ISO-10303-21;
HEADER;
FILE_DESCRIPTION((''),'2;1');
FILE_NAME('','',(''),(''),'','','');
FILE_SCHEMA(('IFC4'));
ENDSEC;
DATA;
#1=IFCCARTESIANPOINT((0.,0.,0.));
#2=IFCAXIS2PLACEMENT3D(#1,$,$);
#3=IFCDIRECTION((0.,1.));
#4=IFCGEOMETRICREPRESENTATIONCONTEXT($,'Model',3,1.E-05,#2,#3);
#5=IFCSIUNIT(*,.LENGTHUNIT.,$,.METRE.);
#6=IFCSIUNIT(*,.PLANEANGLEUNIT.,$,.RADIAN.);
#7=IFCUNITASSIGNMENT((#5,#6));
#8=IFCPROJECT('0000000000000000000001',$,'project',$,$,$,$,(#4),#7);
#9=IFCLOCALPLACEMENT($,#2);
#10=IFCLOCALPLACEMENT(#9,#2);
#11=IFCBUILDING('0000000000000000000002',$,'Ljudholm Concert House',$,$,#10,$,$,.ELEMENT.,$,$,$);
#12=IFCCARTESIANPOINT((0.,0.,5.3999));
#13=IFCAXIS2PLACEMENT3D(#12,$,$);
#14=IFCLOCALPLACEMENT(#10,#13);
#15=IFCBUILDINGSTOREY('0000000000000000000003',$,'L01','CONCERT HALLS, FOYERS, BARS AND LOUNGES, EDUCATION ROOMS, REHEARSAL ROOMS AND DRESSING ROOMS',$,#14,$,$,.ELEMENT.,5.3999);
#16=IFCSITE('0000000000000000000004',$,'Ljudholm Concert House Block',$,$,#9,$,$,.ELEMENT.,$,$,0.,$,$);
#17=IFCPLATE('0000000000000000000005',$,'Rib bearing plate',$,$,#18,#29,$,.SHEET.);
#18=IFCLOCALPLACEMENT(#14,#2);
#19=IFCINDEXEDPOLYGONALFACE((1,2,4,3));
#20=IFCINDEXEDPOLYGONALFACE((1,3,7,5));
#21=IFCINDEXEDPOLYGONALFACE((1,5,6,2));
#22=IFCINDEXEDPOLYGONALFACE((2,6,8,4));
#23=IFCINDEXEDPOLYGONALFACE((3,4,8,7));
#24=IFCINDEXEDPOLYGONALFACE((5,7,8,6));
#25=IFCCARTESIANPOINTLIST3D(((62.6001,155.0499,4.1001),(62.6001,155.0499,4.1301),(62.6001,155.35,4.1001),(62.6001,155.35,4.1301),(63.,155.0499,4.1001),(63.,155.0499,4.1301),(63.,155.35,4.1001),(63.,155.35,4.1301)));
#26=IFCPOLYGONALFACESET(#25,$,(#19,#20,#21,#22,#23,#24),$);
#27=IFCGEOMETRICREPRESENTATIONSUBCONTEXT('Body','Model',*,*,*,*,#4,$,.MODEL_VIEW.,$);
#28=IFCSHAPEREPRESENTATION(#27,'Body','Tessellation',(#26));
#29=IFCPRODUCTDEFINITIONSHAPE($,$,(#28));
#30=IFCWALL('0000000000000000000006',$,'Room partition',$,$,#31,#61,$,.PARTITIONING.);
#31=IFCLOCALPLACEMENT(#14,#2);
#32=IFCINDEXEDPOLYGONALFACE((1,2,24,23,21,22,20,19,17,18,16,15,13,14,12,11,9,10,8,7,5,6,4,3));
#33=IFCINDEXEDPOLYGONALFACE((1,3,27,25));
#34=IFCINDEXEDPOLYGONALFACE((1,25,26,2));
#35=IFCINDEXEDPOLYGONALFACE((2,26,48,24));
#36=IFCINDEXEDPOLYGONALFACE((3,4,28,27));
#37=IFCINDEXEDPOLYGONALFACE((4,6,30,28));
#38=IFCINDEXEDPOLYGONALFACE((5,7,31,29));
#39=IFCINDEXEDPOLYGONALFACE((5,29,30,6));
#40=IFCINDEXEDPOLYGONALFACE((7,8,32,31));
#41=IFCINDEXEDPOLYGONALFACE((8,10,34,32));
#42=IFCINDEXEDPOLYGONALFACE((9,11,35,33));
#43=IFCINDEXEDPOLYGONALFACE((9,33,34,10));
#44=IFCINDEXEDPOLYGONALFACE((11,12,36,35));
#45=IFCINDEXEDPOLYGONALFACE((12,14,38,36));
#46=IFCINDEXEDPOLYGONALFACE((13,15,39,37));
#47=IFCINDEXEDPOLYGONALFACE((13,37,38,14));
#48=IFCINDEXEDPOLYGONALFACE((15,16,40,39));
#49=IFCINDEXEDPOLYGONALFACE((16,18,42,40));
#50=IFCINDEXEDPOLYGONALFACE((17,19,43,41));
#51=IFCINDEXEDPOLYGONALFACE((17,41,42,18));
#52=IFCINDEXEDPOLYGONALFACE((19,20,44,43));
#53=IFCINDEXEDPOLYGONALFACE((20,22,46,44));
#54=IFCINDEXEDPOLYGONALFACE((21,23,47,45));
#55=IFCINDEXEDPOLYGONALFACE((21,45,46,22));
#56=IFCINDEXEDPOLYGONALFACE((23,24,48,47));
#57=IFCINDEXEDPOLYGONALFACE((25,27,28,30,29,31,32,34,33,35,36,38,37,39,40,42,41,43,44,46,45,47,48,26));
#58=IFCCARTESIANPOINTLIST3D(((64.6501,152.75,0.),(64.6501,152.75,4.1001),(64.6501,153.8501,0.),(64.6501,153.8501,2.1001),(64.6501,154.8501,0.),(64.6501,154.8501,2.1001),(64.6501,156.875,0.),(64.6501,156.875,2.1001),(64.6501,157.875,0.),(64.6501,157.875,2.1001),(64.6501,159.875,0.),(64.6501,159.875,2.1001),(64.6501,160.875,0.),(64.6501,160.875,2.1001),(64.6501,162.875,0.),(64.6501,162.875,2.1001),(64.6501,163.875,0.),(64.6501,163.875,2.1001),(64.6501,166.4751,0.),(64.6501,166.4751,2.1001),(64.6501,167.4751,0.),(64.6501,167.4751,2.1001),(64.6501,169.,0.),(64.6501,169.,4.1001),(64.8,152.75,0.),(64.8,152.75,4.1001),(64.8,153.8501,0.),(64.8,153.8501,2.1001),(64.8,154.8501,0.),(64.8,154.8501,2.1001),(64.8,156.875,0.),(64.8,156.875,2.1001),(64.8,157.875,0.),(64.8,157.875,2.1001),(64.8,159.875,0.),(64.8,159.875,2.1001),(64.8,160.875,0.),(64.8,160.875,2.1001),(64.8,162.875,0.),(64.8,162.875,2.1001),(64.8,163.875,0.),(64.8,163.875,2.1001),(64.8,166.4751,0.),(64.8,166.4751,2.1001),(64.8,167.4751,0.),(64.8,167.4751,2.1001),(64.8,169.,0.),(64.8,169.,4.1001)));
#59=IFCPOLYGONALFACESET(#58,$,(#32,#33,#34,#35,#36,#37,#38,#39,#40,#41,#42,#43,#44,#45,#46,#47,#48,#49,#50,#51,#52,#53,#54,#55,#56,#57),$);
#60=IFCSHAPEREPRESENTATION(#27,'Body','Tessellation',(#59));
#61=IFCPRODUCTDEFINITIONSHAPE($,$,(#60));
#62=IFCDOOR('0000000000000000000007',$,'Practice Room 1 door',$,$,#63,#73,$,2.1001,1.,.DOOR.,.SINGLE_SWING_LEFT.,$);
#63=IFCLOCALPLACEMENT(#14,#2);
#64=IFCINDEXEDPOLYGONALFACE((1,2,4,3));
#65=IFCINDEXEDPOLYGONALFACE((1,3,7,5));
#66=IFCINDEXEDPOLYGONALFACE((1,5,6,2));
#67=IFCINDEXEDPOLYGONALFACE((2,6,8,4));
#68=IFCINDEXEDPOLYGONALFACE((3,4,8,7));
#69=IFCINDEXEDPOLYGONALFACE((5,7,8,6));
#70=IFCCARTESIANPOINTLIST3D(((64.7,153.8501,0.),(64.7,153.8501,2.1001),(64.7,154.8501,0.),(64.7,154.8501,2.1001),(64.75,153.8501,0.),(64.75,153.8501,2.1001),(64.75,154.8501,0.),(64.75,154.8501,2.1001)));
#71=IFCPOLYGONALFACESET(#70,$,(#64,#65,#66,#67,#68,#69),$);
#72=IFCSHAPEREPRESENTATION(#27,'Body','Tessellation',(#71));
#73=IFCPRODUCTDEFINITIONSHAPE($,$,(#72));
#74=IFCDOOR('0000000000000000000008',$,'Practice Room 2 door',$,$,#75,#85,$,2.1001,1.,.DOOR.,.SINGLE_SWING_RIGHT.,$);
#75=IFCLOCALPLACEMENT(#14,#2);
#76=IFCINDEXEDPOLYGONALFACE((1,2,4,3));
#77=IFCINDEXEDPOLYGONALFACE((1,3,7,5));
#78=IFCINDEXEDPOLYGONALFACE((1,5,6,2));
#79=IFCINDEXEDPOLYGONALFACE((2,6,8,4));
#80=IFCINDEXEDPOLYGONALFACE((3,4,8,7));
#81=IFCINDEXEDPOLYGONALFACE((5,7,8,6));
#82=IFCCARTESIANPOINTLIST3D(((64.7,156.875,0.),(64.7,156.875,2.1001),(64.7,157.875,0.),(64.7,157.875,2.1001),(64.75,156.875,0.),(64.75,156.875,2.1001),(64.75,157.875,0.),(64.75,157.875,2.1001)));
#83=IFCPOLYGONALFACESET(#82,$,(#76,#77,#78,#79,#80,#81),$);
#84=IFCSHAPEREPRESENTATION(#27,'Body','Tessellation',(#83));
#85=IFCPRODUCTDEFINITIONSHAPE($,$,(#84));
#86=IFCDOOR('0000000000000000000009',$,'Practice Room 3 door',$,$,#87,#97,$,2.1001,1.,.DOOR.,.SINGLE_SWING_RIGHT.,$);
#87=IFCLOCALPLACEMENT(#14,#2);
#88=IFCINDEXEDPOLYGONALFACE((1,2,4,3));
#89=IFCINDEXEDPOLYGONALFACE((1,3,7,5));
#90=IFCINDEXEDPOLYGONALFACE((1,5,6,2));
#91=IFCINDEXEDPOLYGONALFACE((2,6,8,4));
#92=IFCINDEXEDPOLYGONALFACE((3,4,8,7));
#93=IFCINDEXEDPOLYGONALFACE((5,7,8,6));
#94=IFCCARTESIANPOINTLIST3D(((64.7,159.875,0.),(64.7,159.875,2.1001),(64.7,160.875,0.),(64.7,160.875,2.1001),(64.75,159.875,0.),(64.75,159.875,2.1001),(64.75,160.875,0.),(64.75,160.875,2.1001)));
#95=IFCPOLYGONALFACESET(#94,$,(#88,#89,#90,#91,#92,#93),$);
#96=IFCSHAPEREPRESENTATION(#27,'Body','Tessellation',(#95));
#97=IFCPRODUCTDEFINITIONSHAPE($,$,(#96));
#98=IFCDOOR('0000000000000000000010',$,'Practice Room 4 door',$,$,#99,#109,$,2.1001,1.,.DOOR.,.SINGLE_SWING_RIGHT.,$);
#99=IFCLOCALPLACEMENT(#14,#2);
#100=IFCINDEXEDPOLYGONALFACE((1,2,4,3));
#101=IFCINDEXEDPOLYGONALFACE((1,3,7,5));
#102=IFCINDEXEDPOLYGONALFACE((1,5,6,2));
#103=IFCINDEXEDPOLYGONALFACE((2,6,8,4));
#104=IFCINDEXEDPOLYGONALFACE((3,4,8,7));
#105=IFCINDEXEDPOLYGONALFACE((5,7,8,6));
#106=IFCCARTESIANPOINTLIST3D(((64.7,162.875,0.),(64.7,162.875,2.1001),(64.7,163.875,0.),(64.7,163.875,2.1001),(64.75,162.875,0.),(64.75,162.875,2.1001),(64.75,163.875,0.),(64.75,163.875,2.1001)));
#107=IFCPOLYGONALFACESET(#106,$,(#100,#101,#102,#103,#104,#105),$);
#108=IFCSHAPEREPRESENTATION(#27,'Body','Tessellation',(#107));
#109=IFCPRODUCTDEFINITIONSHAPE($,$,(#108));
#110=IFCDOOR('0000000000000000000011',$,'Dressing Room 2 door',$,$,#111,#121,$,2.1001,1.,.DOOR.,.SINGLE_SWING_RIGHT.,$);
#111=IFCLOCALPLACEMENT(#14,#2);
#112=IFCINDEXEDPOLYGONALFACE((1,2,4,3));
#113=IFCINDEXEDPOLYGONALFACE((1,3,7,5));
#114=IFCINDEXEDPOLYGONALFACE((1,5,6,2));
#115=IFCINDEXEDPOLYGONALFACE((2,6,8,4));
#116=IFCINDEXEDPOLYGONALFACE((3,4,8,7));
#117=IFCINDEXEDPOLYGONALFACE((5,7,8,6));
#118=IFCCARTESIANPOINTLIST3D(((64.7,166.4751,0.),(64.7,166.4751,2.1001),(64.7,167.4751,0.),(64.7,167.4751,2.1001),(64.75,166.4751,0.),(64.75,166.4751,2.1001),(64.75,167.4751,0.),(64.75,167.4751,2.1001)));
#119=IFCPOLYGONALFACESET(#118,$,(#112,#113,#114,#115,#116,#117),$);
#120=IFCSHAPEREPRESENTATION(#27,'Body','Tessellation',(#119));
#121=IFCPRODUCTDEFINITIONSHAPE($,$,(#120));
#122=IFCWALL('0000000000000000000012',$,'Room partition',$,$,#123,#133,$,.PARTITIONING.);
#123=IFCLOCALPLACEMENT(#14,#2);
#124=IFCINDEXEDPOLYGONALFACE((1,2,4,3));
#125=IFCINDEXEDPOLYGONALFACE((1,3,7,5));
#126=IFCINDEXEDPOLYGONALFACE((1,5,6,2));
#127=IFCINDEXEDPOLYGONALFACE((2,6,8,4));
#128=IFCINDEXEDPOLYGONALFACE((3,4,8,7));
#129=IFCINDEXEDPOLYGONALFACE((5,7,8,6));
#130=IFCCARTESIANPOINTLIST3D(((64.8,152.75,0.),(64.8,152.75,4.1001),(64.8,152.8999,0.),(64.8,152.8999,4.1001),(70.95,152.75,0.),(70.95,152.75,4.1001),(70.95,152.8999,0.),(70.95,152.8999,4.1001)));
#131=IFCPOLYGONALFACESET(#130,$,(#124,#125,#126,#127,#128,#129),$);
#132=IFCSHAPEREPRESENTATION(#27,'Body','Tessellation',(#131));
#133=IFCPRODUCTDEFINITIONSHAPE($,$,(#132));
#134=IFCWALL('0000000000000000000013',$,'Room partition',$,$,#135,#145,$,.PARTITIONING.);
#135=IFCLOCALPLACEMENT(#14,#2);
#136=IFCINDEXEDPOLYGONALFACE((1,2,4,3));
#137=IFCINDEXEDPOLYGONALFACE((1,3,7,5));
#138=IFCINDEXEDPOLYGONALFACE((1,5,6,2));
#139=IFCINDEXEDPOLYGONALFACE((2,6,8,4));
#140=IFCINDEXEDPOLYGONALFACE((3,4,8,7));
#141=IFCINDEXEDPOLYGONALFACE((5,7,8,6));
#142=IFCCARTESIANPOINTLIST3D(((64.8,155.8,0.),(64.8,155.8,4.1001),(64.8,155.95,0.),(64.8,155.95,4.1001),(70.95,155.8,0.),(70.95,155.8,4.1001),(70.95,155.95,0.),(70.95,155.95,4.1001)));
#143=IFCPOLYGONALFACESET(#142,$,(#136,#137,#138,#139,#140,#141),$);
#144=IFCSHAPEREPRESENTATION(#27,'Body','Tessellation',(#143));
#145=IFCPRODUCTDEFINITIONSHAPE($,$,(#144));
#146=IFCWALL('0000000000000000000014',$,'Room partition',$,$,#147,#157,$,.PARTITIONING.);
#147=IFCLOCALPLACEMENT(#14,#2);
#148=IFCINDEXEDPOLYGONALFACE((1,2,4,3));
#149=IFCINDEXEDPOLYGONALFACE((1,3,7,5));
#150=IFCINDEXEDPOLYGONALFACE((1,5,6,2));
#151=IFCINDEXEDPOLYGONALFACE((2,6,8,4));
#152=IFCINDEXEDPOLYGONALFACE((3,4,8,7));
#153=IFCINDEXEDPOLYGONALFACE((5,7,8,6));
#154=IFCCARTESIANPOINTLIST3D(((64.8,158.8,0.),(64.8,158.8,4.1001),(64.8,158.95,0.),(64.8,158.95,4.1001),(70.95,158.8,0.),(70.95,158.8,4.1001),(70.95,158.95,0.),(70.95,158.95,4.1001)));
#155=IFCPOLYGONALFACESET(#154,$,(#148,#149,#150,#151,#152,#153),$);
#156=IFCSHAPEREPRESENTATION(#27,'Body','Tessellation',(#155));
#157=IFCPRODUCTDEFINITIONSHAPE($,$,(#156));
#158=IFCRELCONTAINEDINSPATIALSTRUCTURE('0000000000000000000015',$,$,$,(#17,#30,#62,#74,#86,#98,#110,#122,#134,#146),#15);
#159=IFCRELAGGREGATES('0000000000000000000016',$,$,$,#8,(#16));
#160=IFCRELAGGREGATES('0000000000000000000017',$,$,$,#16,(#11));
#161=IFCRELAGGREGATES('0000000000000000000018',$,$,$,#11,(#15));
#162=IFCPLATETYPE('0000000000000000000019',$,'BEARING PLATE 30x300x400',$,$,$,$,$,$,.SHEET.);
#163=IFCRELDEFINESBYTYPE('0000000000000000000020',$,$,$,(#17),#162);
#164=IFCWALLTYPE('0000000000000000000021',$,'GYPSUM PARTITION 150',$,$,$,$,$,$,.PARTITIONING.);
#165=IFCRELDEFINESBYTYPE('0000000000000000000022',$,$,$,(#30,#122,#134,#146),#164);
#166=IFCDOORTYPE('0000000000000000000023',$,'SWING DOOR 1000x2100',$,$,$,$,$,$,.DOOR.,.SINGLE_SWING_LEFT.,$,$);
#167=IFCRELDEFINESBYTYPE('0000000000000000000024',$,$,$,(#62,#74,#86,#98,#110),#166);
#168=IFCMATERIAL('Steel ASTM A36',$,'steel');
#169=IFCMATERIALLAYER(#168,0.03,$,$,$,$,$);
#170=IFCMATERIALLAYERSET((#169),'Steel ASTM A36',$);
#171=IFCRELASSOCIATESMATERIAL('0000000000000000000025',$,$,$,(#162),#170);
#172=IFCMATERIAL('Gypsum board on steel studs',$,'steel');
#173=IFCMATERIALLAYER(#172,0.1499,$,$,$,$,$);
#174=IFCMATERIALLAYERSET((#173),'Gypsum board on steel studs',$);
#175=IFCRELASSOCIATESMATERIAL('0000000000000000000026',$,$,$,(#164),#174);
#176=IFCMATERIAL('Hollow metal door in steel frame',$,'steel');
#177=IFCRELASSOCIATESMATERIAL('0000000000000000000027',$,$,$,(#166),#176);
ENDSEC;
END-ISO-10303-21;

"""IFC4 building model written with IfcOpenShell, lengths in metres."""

from ifc_helpers import new_model, si_unit, direction, frame, frame_2d, origin, origin_2d, place, context, subcontext, project, spatial, rectangle, extrude, material, layer, layer_set, type_object, element, fill, save


model = new_model("IFC4")

# Units and contexts
model_context = context("Model", 3, precision=1e-05, world=origin(), true_north=direction((0.0, 1.0)))
body_context = subcontext(model_context, "Body", "Model", "MODEL_VIEW")
ifc_project = project(units=[si_unit("LENGTHUNIT", "METRE"), si_unit("PLANEANGLEUNIT", "RADIAN")], contexts=[model_context])

# Site, building, storey
site_placement = place(None, origin())
site = spatial("IfcSite", under=ifc_project, at=site_placement, Name="Ljudholm Concert House Block", CompositionType="ELEMENT", RefElevation=0.0)
building_placement = place(site_placement, origin())
building = spatial("IfcBuilding", under=site, at=building_placement, Name="Ljudholm Concert House", CompositionType="ELEMENT")
storey_placement = place(building_placement, frame((0.0, 0.0, 5.3999)))
storey = spatial("IfcBuildingStorey", under=building, at=storey_placement, Name="L01", Description="CONCERT HALLS, FOYERS, BARS AND LOUNGES, EDUCATION ROOMS, REHEARSAL ROOMS AND DRESSING ROOMS", CompositionType="ELEMENT", Elevation=5.3999)

# Plate
ifc_material_1 = material(Name="Steel ASTM A36", Category="steel")
ifc_layer_1 = layer(ifc_material_1, 0.03)
ifc_layer_set_1 = layer_set([ifc_layer_1], Name="Steel ASTM A36")
plate_type = type_object("IfcPlateType", Name="BEARING PLATE 30x300x400", PredefinedType="SHEET", material=ifc_layer_set_1)
plate_placement = place(storey_placement, frame((62.8, 155.2, 4.1001), z_axis=(0.0, 0.0, 1.0), x_axis=(1.0, 0.0, 0.0)))
element("IfcPlate", 1, at=plate_placement, inside=storey, type_object=plate_type, Name="Rib bearing plate", PredefinedType="SHEET", context=body_context, shape_type="SweptSolid", body=[
    extrude(rectangle(XDim=0.3999, YDim=0.3, at=origin_2d()), origin(), (0.0, 0.0, 1.0), 0.03),
])

# Wall, openings, doors
ifc_material_2 = material(Name="Gypsum board on steel studs", Category="steel")
ifc_layer_2 = layer(ifc_material_2, 0.1499)
ifc_layer_set_2 = layer_set([ifc_layer_2], Name="Gypsum board on steel studs")
wall_type_1 = type_object("IfcWallType", Name="GYPSUM PARTITION 150", PredefinedType="PARTITIONING", material=ifc_layer_set_2)
wall_1_placement = place(storey_placement, frame((64.7251, 152.75, 0.0), z_axis=(0.0, 0.0, 1.0), x_axis=(0.0, 1.0, 0.0)))
wall_1 = element("IfcWall", 2, at=wall_1_placement, inside=storey, type_object=wall_type_1, Name="Room partition", PredefinedType="PARTITIONING", context=body_context, shape_type="SweptSolid", body=[
    extrude(rectangle(XDim=16.25, YDim=0.1499, at=frame_2d((8.125, 0.0))), origin(), (0.0, 0.0, 1.0), 4.1001),
])
opening_1_placement = place(wall_1_placement, frame((1.1001, 0.0, 0.0)))
opening_1 = element("IfcOpeningElement", 3, at=opening_1_placement, cuts=wall_1, PredefinedType="OPENING", context=body_context, shape_type="SweptSolid", body=[
    extrude(rectangle(XDim=1.0, YDim=2.1001, at=frame_2d((0.5, 1.05))), frame((0.0, 0.085, 0.0), z_axis=(0.0, -1.0, 0.0), x_axis=(1.0, 0.0, 0.0)), (0.0, 0.0, 1.0), 0.1699),
])
opening_2_placement = place(wall_1_placement, frame((4.125, 0.0, 0.0)))
opening_2 = element("IfcOpeningElement", 4, at=opening_2_placement, cuts=wall_1, PredefinedType="OPENING", context=body_context, shape_type="SweptSolid", body=[
    extrude(rectangle(XDim=1.0, YDim=2.1001, at=frame_2d((0.5, 1.05))), frame((0.0, 0.085, 0.0), z_axis=(0.0, -1.0, 0.0), x_axis=(1.0, 0.0, 0.0)), (0.0, 0.0, 1.0), 0.1699),
])
opening_3_placement = place(wall_1_placement, frame((7.125, 0.0, 0.0)))
opening_3 = element("IfcOpeningElement", 5, at=opening_3_placement, cuts=wall_1, PredefinedType="OPENING", context=body_context, shape_type="SweptSolid", body=[
    extrude(rectangle(XDim=1.0, YDim=2.1001, at=frame_2d((0.5, 1.05))), frame((0.0, 0.085, 0.0), z_axis=(0.0, -1.0, 0.0), x_axis=(1.0, 0.0, 0.0)), (0.0, 0.0, 1.0), 0.1699),
])
opening_4_placement = place(wall_1_placement, frame((10.125, 0.0, 0.0)))
opening_4 = element("IfcOpeningElement", 6, at=opening_4_placement, cuts=wall_1, PredefinedType="OPENING", context=body_context, shape_type="SweptSolid", body=[
    extrude(rectangle(XDim=1.0, YDim=2.1001, at=frame_2d((0.5, 1.05))), frame((0.0, 0.085, 0.0), z_axis=(0.0, -1.0, 0.0), x_axis=(1.0, 0.0, 0.0)), (0.0, 0.0, 1.0), 0.1699),
])
opening_5_placement = place(wall_1_placement, frame((13.7251, 0.0, 0.0)))
opening_5 = element("IfcOpeningElement", 7, at=opening_5_placement, cuts=wall_1, PredefinedType="OPENING", context=body_context, shape_type="SweptSolid", body=[
    extrude(rectangle(XDim=1.0, YDim=2.1001, at=frame_2d((0.5, 1.05))), frame((0.0, 0.085, 0.0), z_axis=(0.0, -1.0, 0.0), x_axis=(1.0, 0.0, 0.0)), (0.0, 0.0, 1.0), 0.1699),
])
ifc_material_3 = material(Name="Hollow metal door in steel frame", Category="steel")
door_type = type_object("IfcDoorType", Name="SWING DOOR 1000x2100", OperationType="SINGLE_SWING_LEFT", PredefinedType="DOOR", material=ifc_material_3)
door_1_placement = place(opening_1_placement, frame((1.0, 0.0, 0.0), z_axis=(0.0, 0.0, 1.0), x_axis=(-1.0, 0.0, 0.0)))
door_1 = element("IfcDoor", 8, at=door_1_placement, inside=storey, type_object=door_type, Name="Practice Room 1 door", OperationType="SINGLE_SWING_LEFT", OverallHeight=2.1001, OverallWidth=1.0, PredefinedType="DOOR", context=body_context, shape_type="SweptSolid", body=[
    extrude(rectangle(XDim=1.0, YDim=2.1001, at=frame_2d((0.5, 1.05))), frame((0.0, 0.0249, 0.0), z_axis=(0.0, -1.0, 0.0), x_axis=(1.0, 0.0, 0.0)), (0.0, 0.0, 1.0), 0.05),
])
fill(opening_1, door_1)
door_2_placement = place(opening_2_placement, frame((1.0, 0.0, 0.0), z_axis=(0.0, 0.0, 1.0), x_axis=(-1.0, 0.0, 0.0)))
door_2 = element("IfcDoor", 9, at=door_2_placement, inside=storey, type_object=door_type, Name="Practice Room 2 door", OperationType="SINGLE_SWING_RIGHT", OverallHeight=2.1001, OverallWidth=1.0, PredefinedType="DOOR", context=body_context, shape_type="SweptSolid", body=[
    extrude(rectangle(XDim=1.0, YDim=2.1001, at=frame_2d((0.5, 1.05))), frame((0.0, 0.0249, 0.0), z_axis=(0.0, -1.0, 0.0), x_axis=(1.0, 0.0, 0.0)), (0.0, 0.0, 1.0), 0.05),
])
fill(opening_2, door_2)
door_3_placement = place(opening_3_placement, frame((1.0, 0.0, 0.0), z_axis=(0.0, 0.0, 1.0), x_axis=(-1.0, 0.0, 0.0)))
door_3 = element("IfcDoor", 10, at=door_3_placement, inside=storey, type_object=door_type, Name="Practice Room 3 door", OperationType="SINGLE_SWING_RIGHT", OverallHeight=2.1001, OverallWidth=1.0, PredefinedType="DOOR", context=body_context, shape_type="SweptSolid", body=[
    extrude(rectangle(XDim=1.0, YDim=2.1001, at=frame_2d((0.5, 1.05))), frame((0.0, 0.0249, 0.0), z_axis=(0.0, -1.0, 0.0), x_axis=(1.0, 0.0, 0.0)), (0.0, 0.0, 1.0), 0.05),
])
fill(opening_3, door_3)
door_4_placement = place(opening_4_placement, frame((1.0, 0.0, 0.0), z_axis=(0.0, 0.0, 1.0), x_axis=(-1.0, 0.0, 0.0)))
door_4 = element("IfcDoor", 11, at=door_4_placement, inside=storey, type_object=door_type, Name="Practice Room 4 door", OperationType="SINGLE_SWING_RIGHT", OverallHeight=2.1001, OverallWidth=1.0, PredefinedType="DOOR", context=body_context, shape_type="SweptSolid", body=[
    extrude(rectangle(XDim=1.0, YDim=2.1001, at=frame_2d((0.5, 1.05))), frame((0.0, 0.0249, 0.0), z_axis=(0.0, -1.0, 0.0), x_axis=(1.0, 0.0, 0.0)), (0.0, 0.0, 1.0), 0.05),
])
fill(opening_4, door_4)
door_5_placement = place(opening_5_placement, frame((1.0, 0.0, 0.0), z_axis=(0.0, 0.0, 1.0), x_axis=(-1.0, 0.0, 0.0)))
door_5 = element("IfcDoor", 12, at=door_5_placement, inside=storey, type_object=door_type, Name="Dressing Room 2 door", OperationType="SINGLE_SWING_RIGHT", OverallHeight=2.1001, OverallWidth=1.0, PredefinedType="DOOR", context=body_context, shape_type="SweptSolid", body=[
    extrude(rectangle(XDim=1.0, YDim=2.1001, at=frame_2d((0.5, 1.05))), frame((0.0, 0.0249, 0.0), z_axis=(0.0, -1.0, 0.0), x_axis=(1.0, 0.0, 0.0)), (0.0, 0.0, 1.0), 0.05),
])
fill(opening_5, door_5)

# Walls
for number, where, z_axis, x_axis, name in (
    (13, (64.8, 152.825, 0.0), (0.0, 0.0, 1.0), (1.0, 0.0, 0.0), "Room partition"),
    (14, (64.8, 155.875, 0.0), (0.0, 0.0, 1.0), (1.0, 0.0, 0.0), "Room partition"),
    (15, (64.8, 158.875, 0.0), (0.0, 0.0, 1.0), (1.0, 0.0, 0.0), "Room partition"),
):
    element("IfcWall", number, at=place(storey_placement, frame(where, z_axis=z_axis, x_axis=x_axis)), inside=storey, type_object=wall_type_1, Name=name, PredefinedType="PARTITIONING", context=body_context, shape_type="SweptSolid", body=[
        extrude(rectangle(XDim=6.1499, YDim=0.1499, at=frame_2d((3.075, 0.0))), origin(), (0.0, 0.0, 1.0), 4.1001),
    ])

save(model, "model.ifc")
